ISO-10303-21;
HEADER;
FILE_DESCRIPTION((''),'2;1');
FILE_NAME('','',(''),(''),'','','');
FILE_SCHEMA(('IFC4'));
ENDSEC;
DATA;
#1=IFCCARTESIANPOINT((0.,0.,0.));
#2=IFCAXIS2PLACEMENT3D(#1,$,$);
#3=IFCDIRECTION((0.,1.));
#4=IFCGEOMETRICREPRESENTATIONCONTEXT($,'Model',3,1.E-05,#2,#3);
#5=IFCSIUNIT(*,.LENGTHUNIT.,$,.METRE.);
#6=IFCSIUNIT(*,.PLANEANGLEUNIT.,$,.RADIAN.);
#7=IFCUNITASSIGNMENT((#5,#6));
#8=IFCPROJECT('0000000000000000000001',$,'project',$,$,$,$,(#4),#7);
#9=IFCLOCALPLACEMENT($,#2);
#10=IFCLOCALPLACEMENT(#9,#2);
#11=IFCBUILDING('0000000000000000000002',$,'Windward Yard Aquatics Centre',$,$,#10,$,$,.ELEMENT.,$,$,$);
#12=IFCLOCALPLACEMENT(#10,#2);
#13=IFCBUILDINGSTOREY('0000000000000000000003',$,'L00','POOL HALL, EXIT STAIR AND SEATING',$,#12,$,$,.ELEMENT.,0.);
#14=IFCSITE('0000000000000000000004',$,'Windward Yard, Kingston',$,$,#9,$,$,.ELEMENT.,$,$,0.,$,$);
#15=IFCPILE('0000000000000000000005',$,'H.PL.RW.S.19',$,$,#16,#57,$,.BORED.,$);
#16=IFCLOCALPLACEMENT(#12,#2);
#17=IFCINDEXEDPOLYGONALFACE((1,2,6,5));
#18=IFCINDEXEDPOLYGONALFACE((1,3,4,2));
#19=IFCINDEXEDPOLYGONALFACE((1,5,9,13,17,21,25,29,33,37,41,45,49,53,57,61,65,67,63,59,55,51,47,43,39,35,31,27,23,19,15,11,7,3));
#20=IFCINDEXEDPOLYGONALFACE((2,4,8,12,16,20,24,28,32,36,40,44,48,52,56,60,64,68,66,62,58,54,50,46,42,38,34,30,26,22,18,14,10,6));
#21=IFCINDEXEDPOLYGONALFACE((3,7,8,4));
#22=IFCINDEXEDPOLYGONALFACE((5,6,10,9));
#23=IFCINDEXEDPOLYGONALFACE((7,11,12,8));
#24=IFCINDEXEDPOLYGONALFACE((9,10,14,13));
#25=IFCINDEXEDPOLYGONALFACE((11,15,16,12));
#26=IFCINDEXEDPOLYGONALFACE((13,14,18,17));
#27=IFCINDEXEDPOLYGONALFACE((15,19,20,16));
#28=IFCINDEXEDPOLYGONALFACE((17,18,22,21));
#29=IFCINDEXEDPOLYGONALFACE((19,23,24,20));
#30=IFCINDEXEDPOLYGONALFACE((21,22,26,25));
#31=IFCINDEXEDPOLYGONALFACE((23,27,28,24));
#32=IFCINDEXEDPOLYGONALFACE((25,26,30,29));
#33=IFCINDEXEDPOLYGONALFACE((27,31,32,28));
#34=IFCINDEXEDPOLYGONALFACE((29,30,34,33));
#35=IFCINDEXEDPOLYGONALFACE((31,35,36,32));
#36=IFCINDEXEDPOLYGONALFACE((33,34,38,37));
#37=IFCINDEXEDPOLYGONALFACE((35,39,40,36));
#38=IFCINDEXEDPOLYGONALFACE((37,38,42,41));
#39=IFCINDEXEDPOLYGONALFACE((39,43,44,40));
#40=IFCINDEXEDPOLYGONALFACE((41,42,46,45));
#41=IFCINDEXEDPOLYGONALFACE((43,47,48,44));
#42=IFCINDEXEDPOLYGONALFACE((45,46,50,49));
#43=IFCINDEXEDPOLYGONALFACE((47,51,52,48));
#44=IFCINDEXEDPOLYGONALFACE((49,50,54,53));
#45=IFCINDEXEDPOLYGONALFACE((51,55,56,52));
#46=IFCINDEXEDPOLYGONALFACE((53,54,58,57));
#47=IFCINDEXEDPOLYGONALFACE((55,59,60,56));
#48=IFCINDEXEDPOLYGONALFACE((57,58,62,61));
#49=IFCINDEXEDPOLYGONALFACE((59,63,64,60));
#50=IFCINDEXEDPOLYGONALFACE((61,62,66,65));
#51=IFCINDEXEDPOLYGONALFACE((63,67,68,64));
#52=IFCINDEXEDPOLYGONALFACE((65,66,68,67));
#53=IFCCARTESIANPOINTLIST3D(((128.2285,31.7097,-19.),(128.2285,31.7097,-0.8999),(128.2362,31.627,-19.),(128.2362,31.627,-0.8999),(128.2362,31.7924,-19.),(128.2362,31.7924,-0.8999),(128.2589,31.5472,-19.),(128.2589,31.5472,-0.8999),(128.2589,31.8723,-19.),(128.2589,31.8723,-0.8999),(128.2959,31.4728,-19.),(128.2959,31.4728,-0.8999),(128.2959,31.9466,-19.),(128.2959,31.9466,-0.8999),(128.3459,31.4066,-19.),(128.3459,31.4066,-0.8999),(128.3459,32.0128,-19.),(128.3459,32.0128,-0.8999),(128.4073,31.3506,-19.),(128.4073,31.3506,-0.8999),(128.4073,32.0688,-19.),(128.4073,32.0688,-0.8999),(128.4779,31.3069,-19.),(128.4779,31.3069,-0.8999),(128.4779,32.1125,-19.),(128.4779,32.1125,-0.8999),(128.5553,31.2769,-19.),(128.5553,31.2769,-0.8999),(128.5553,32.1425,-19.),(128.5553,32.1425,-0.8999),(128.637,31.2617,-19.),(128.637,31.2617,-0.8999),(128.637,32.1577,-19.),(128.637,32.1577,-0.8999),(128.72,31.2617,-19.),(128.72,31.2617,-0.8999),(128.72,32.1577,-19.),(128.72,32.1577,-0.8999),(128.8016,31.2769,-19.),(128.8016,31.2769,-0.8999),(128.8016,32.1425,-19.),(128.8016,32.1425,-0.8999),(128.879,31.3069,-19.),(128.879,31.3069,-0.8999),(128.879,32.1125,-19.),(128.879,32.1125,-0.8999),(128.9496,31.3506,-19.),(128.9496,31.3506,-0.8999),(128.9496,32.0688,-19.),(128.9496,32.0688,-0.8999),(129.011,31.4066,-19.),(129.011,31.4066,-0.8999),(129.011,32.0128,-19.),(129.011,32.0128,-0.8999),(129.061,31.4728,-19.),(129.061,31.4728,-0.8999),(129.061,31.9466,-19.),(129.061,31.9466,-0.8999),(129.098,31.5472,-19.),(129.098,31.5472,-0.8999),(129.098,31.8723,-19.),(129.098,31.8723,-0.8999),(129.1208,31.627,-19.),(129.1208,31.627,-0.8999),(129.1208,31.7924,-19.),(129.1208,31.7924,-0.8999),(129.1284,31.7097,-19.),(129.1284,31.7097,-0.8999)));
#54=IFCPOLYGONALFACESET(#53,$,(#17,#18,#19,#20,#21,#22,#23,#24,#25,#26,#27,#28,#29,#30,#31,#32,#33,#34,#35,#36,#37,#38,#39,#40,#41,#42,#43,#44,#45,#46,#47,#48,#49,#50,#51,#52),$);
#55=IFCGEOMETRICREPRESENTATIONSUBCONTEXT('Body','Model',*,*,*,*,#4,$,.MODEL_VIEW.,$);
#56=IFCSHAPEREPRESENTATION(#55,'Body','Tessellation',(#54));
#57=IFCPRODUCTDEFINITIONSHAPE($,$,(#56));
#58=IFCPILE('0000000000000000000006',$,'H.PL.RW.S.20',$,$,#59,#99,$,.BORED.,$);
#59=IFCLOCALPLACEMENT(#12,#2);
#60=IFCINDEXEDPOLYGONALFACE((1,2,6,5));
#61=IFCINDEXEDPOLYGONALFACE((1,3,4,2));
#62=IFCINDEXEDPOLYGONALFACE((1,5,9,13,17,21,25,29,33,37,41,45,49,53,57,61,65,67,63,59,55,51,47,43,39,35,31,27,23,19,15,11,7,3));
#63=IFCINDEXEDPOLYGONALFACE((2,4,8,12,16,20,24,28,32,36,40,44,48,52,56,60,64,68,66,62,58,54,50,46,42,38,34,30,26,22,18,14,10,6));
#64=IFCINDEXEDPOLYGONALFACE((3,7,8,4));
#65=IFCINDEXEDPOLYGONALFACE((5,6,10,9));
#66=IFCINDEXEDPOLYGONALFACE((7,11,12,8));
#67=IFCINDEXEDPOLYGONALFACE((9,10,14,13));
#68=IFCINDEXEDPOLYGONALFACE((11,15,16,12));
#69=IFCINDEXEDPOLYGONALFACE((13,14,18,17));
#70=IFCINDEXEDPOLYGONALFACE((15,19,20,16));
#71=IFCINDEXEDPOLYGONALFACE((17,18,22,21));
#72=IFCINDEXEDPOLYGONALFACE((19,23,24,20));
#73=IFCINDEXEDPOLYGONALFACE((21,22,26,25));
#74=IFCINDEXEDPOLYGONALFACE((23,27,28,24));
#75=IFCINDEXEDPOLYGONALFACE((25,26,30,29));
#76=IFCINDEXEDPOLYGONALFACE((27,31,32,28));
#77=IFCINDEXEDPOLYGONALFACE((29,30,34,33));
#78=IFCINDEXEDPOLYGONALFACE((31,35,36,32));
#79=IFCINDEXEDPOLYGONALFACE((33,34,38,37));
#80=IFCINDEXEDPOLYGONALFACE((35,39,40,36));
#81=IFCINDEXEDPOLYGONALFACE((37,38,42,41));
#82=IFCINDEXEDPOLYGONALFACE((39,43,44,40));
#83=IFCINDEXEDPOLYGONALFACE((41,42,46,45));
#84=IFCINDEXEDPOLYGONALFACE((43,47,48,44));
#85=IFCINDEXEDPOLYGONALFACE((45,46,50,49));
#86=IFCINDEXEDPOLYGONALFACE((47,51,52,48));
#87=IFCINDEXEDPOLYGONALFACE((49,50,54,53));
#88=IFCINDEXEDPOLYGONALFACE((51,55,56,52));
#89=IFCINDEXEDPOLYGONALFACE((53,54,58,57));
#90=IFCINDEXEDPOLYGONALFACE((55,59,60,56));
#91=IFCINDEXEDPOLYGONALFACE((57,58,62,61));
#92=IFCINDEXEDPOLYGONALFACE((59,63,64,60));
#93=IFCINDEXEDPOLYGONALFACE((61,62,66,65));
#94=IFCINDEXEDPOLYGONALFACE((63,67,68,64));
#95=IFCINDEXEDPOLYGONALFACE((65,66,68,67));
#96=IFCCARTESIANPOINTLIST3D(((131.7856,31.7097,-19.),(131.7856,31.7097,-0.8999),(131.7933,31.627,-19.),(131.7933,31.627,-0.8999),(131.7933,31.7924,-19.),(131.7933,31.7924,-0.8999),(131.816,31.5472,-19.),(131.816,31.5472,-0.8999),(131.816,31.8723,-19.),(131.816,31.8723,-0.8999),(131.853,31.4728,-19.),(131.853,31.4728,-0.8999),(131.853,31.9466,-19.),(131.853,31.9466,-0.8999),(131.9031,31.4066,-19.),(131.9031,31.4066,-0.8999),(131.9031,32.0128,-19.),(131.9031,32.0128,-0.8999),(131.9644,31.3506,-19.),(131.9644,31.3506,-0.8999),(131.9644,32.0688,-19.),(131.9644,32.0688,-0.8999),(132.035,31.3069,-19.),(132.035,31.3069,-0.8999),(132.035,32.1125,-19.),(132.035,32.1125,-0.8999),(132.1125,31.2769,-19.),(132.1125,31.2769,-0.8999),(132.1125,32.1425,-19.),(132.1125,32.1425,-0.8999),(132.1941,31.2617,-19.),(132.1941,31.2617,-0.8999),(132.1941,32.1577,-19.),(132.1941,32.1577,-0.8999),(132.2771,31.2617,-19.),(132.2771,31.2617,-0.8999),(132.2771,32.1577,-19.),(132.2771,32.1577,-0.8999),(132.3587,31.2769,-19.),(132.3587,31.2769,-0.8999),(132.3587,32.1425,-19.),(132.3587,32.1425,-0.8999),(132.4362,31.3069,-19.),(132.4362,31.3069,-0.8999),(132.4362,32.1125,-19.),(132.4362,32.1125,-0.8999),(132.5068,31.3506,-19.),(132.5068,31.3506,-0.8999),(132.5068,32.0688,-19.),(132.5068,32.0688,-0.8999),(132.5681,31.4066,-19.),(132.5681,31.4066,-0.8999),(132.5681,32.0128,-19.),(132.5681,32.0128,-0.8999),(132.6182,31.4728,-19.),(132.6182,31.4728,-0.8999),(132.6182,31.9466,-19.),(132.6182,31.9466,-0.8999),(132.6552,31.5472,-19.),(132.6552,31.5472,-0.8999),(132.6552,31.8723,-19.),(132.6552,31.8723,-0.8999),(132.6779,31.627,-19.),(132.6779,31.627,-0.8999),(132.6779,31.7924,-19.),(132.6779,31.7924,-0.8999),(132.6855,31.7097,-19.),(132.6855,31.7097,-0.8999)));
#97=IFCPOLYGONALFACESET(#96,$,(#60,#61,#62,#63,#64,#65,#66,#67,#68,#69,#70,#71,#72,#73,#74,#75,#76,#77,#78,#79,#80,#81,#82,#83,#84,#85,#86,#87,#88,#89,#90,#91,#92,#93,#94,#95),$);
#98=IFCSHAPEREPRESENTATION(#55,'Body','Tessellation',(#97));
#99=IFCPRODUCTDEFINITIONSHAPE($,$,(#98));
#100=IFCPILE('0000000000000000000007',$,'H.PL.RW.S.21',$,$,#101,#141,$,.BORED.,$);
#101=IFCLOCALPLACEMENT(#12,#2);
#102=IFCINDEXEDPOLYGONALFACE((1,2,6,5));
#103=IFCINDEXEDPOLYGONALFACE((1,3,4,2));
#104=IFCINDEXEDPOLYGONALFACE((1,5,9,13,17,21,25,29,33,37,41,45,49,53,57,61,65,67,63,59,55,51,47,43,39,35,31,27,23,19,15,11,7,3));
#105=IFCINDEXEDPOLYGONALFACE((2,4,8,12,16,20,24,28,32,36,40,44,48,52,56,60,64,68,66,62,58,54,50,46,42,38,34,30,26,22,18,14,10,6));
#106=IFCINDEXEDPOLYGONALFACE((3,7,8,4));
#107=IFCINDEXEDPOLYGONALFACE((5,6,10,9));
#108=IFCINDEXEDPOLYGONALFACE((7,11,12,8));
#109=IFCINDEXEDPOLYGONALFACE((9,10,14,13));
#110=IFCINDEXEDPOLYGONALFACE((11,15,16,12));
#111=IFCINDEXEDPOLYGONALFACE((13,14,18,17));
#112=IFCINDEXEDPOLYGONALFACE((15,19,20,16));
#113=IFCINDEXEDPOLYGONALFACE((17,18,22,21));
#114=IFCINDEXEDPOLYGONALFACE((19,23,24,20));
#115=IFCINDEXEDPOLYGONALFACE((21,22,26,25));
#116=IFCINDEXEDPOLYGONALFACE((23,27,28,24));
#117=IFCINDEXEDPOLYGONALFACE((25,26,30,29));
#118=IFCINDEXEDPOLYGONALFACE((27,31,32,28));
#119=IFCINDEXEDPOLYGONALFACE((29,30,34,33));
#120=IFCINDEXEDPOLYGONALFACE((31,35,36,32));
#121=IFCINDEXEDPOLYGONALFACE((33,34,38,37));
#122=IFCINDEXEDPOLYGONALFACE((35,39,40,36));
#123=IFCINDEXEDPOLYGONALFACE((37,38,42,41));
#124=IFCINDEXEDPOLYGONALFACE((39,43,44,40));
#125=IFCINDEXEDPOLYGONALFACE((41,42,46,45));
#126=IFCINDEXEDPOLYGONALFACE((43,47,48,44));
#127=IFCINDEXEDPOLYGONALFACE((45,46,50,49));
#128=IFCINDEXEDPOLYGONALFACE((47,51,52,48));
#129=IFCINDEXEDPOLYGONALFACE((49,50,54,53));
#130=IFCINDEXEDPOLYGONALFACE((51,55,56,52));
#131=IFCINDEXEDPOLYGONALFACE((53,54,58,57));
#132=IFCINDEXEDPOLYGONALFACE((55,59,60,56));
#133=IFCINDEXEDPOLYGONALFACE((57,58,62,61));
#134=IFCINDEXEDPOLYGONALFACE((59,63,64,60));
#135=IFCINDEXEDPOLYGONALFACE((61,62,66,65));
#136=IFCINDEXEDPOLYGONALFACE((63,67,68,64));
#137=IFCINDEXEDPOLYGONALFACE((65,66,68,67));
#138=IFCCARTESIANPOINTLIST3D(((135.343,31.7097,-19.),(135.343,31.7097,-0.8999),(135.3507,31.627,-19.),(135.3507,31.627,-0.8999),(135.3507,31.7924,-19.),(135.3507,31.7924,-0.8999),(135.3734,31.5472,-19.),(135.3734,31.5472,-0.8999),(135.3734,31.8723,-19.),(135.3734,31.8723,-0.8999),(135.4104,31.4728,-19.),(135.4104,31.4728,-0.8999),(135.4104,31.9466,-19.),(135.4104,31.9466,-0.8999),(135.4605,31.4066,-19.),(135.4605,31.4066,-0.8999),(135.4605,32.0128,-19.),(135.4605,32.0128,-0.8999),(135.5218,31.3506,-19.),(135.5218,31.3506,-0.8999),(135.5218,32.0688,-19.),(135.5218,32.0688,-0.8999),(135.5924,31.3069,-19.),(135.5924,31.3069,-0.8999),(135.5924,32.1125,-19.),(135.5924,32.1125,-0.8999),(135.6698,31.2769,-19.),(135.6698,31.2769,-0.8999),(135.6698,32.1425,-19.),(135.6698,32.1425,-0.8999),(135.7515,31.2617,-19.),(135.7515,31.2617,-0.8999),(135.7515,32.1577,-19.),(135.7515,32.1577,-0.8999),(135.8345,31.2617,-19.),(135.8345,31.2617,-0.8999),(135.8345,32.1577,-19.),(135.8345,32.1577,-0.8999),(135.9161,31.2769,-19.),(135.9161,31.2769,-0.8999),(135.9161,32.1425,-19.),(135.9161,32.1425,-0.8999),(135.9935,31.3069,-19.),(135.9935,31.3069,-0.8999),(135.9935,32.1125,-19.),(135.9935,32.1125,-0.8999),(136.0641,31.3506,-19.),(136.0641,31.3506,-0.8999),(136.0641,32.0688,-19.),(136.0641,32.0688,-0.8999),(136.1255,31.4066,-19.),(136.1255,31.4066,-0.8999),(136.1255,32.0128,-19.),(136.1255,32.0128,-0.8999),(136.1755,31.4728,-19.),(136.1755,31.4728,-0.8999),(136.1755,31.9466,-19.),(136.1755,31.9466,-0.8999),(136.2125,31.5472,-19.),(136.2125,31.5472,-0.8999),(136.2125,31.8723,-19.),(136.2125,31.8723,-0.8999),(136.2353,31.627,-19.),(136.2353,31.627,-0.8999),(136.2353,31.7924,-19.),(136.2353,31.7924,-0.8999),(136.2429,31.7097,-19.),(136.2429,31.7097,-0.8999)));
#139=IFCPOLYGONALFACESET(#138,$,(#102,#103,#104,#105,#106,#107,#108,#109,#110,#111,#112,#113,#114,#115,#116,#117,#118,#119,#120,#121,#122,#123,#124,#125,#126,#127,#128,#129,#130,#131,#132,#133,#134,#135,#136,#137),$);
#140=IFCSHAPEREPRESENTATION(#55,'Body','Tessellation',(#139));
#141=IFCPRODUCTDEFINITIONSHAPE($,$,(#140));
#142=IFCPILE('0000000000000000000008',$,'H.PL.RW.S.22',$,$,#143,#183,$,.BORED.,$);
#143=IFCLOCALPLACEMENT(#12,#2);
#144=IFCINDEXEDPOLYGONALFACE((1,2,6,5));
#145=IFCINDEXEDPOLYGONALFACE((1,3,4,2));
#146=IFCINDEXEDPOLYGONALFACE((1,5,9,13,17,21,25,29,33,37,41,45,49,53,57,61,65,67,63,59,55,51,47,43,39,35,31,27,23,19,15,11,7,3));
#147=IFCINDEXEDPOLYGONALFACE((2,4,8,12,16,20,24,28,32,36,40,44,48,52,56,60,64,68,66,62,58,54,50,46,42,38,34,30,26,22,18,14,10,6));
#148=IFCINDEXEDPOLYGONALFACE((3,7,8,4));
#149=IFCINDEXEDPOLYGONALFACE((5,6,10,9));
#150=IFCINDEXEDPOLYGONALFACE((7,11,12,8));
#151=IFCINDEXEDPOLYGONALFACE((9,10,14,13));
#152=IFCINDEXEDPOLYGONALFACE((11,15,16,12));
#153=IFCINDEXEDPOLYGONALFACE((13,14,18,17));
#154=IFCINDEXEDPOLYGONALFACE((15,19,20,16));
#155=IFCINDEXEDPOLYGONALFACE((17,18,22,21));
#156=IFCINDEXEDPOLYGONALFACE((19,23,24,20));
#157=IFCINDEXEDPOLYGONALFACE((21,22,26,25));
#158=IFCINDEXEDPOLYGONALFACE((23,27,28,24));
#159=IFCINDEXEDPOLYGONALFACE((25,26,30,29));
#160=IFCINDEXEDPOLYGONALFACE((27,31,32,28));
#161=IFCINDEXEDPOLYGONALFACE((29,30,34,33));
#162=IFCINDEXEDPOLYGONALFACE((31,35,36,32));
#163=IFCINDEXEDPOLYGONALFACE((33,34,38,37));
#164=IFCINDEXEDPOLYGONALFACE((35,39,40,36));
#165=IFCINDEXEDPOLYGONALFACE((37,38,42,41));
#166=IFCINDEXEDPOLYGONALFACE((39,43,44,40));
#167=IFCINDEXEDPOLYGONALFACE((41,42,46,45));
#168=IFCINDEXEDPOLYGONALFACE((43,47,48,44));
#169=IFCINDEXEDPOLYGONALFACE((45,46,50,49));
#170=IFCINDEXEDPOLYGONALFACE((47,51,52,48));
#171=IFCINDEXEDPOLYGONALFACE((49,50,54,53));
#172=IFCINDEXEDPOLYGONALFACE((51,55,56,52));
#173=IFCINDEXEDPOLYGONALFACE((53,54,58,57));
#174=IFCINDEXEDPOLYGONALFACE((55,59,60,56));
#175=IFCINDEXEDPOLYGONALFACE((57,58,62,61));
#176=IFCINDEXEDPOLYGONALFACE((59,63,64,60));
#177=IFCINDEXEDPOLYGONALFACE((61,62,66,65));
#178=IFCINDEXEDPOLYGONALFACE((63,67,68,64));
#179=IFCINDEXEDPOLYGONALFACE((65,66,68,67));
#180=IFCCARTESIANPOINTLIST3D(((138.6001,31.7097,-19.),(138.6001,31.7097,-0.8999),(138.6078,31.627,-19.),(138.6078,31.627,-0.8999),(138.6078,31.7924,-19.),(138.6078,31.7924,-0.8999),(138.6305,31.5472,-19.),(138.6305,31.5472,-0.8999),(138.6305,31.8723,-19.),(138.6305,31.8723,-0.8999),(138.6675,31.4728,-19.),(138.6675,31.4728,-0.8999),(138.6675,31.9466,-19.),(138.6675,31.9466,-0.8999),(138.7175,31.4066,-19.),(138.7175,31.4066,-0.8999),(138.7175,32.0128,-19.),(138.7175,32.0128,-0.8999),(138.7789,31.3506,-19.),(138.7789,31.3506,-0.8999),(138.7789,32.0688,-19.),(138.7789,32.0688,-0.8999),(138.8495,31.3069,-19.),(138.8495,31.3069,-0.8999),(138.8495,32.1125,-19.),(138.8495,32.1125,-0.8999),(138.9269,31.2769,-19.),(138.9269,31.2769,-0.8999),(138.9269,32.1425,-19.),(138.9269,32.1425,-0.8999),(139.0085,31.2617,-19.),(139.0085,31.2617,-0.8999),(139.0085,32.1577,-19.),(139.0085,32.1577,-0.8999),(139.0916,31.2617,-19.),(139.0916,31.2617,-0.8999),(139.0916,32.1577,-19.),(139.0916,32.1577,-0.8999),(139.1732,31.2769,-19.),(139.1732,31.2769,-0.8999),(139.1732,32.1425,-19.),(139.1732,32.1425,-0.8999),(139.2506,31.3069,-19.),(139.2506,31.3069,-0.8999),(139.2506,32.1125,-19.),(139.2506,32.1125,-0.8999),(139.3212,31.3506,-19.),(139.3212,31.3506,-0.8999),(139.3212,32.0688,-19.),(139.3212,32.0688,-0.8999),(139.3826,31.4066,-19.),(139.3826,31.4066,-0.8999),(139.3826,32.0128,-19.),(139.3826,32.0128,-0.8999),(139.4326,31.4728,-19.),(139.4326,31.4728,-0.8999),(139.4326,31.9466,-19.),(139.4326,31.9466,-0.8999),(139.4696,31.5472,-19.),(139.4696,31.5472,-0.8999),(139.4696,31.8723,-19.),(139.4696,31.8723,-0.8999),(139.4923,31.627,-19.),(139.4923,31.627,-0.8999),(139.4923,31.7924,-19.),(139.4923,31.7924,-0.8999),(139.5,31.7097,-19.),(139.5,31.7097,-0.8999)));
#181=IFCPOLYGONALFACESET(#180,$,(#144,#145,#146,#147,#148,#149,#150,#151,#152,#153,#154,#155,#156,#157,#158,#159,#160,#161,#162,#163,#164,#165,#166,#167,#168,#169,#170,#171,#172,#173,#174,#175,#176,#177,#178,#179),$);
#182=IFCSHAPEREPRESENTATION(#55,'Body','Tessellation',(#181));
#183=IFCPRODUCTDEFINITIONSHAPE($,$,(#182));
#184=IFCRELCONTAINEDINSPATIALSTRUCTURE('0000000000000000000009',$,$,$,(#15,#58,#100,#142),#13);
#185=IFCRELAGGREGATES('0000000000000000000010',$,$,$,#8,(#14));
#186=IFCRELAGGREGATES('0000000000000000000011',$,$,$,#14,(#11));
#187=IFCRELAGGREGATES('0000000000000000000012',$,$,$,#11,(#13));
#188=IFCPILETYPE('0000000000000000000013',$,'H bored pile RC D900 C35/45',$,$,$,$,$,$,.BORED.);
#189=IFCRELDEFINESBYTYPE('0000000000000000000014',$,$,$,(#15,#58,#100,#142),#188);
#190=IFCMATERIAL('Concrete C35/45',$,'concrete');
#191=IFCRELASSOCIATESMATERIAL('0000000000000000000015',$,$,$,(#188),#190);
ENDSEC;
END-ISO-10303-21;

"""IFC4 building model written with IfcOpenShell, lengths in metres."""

from ifc_helpers import new_model, si_unit, direction, frame, origin, origin_2d, place, context, subcontext, project, spatial, circle, extrude, material, material_profile, profile_set, type_object, element, save


model = new_model("IFC4")

# Units and contexts
model_context = context("Model", 3, precision=1e-05, world=origin(), true_north=direction((0.0, 1.0)))
body_context = subcontext(model_context, "Body", "Model", "MODEL_VIEW")
ifc_project = project(units=[si_unit("LENGTHUNIT", "METRE"), si_unit("PLANEANGLEUNIT", "RADIAN")], contexts=[model_context])

# Site, building, storey
site_placement = place(None, origin())
site = spatial("IfcSite", under=ifc_project, at=site_placement, Name="Windward Yard, Kingston", CompositionType="ELEMENT", RefElevation=0.0)
building_placement = place(site_placement, origin())
building = spatial("IfcBuilding", under=site, at=building_placement, Name="Windward Yard Aquatics Centre", CompositionType="ELEMENT")
storey_placement = place(building_placement, origin())
storey = spatial("IfcBuildingStorey", under=building, at=storey_placement, Name="L00", Description="POOL HALL, EXIT STAIR AND SEATING", CompositionType="ELEMENT", Elevation=0.0)

# Piles
ifc_material = material(Name="Concrete C35/45", Category="concrete")
ifc_material_profile_1 = material_profile(ifc_material, circle(Radius=0.45, at=origin_2d()), Name="RC D900")
ifc_profile_set_1 = profile_set([ifc_material_profile_1], Name="Concrete C35/45")
pile_type = type_object("IfcPileType", Name="H bored pile RC D900 C35/45", PredefinedType="BORED", material=ifc_profile_set_1)
for number, where, z_axis, x_axis, name in (
    (1, (128.6785, 31.7097, -0.8999), (0.0, 0.0, -1.0), (1.0, 0.0, 0.0), "H.PL.RW.S.19"),
    (2, (132.2356, 31.7097, -0.8999), (0.0, 0.0, -1.0), (1.0, 0.0, 0.0), "H.PL.RW.S.20"),
    (3, (135.793, 31.7097, -0.8999), (0.0, 0.0, -1.0), (1.0, 0.0, 0.0), "H.PL.RW.S.21"),
    (4, (139.05, 31.7097, -0.8999), (0.0, 0.0, -1.0), (1.0, 0.0, 0.0), "H.PL.RW.S.22"),
):
    element("IfcPile", number, at=place(storey_placement, frame(where, z_axis=z_axis, x_axis=x_axis)), inside=storey, type_object=pile_type, Name=name, PredefinedType="BORED", context=body_context, shape_type="SweptSolid", body=[
        extrude(circle(Radius=0.45, at=origin_2d()), origin(), (0.0, 0.0, 1.0), 18.1001),
    ])

save(model, "model.ifc")
